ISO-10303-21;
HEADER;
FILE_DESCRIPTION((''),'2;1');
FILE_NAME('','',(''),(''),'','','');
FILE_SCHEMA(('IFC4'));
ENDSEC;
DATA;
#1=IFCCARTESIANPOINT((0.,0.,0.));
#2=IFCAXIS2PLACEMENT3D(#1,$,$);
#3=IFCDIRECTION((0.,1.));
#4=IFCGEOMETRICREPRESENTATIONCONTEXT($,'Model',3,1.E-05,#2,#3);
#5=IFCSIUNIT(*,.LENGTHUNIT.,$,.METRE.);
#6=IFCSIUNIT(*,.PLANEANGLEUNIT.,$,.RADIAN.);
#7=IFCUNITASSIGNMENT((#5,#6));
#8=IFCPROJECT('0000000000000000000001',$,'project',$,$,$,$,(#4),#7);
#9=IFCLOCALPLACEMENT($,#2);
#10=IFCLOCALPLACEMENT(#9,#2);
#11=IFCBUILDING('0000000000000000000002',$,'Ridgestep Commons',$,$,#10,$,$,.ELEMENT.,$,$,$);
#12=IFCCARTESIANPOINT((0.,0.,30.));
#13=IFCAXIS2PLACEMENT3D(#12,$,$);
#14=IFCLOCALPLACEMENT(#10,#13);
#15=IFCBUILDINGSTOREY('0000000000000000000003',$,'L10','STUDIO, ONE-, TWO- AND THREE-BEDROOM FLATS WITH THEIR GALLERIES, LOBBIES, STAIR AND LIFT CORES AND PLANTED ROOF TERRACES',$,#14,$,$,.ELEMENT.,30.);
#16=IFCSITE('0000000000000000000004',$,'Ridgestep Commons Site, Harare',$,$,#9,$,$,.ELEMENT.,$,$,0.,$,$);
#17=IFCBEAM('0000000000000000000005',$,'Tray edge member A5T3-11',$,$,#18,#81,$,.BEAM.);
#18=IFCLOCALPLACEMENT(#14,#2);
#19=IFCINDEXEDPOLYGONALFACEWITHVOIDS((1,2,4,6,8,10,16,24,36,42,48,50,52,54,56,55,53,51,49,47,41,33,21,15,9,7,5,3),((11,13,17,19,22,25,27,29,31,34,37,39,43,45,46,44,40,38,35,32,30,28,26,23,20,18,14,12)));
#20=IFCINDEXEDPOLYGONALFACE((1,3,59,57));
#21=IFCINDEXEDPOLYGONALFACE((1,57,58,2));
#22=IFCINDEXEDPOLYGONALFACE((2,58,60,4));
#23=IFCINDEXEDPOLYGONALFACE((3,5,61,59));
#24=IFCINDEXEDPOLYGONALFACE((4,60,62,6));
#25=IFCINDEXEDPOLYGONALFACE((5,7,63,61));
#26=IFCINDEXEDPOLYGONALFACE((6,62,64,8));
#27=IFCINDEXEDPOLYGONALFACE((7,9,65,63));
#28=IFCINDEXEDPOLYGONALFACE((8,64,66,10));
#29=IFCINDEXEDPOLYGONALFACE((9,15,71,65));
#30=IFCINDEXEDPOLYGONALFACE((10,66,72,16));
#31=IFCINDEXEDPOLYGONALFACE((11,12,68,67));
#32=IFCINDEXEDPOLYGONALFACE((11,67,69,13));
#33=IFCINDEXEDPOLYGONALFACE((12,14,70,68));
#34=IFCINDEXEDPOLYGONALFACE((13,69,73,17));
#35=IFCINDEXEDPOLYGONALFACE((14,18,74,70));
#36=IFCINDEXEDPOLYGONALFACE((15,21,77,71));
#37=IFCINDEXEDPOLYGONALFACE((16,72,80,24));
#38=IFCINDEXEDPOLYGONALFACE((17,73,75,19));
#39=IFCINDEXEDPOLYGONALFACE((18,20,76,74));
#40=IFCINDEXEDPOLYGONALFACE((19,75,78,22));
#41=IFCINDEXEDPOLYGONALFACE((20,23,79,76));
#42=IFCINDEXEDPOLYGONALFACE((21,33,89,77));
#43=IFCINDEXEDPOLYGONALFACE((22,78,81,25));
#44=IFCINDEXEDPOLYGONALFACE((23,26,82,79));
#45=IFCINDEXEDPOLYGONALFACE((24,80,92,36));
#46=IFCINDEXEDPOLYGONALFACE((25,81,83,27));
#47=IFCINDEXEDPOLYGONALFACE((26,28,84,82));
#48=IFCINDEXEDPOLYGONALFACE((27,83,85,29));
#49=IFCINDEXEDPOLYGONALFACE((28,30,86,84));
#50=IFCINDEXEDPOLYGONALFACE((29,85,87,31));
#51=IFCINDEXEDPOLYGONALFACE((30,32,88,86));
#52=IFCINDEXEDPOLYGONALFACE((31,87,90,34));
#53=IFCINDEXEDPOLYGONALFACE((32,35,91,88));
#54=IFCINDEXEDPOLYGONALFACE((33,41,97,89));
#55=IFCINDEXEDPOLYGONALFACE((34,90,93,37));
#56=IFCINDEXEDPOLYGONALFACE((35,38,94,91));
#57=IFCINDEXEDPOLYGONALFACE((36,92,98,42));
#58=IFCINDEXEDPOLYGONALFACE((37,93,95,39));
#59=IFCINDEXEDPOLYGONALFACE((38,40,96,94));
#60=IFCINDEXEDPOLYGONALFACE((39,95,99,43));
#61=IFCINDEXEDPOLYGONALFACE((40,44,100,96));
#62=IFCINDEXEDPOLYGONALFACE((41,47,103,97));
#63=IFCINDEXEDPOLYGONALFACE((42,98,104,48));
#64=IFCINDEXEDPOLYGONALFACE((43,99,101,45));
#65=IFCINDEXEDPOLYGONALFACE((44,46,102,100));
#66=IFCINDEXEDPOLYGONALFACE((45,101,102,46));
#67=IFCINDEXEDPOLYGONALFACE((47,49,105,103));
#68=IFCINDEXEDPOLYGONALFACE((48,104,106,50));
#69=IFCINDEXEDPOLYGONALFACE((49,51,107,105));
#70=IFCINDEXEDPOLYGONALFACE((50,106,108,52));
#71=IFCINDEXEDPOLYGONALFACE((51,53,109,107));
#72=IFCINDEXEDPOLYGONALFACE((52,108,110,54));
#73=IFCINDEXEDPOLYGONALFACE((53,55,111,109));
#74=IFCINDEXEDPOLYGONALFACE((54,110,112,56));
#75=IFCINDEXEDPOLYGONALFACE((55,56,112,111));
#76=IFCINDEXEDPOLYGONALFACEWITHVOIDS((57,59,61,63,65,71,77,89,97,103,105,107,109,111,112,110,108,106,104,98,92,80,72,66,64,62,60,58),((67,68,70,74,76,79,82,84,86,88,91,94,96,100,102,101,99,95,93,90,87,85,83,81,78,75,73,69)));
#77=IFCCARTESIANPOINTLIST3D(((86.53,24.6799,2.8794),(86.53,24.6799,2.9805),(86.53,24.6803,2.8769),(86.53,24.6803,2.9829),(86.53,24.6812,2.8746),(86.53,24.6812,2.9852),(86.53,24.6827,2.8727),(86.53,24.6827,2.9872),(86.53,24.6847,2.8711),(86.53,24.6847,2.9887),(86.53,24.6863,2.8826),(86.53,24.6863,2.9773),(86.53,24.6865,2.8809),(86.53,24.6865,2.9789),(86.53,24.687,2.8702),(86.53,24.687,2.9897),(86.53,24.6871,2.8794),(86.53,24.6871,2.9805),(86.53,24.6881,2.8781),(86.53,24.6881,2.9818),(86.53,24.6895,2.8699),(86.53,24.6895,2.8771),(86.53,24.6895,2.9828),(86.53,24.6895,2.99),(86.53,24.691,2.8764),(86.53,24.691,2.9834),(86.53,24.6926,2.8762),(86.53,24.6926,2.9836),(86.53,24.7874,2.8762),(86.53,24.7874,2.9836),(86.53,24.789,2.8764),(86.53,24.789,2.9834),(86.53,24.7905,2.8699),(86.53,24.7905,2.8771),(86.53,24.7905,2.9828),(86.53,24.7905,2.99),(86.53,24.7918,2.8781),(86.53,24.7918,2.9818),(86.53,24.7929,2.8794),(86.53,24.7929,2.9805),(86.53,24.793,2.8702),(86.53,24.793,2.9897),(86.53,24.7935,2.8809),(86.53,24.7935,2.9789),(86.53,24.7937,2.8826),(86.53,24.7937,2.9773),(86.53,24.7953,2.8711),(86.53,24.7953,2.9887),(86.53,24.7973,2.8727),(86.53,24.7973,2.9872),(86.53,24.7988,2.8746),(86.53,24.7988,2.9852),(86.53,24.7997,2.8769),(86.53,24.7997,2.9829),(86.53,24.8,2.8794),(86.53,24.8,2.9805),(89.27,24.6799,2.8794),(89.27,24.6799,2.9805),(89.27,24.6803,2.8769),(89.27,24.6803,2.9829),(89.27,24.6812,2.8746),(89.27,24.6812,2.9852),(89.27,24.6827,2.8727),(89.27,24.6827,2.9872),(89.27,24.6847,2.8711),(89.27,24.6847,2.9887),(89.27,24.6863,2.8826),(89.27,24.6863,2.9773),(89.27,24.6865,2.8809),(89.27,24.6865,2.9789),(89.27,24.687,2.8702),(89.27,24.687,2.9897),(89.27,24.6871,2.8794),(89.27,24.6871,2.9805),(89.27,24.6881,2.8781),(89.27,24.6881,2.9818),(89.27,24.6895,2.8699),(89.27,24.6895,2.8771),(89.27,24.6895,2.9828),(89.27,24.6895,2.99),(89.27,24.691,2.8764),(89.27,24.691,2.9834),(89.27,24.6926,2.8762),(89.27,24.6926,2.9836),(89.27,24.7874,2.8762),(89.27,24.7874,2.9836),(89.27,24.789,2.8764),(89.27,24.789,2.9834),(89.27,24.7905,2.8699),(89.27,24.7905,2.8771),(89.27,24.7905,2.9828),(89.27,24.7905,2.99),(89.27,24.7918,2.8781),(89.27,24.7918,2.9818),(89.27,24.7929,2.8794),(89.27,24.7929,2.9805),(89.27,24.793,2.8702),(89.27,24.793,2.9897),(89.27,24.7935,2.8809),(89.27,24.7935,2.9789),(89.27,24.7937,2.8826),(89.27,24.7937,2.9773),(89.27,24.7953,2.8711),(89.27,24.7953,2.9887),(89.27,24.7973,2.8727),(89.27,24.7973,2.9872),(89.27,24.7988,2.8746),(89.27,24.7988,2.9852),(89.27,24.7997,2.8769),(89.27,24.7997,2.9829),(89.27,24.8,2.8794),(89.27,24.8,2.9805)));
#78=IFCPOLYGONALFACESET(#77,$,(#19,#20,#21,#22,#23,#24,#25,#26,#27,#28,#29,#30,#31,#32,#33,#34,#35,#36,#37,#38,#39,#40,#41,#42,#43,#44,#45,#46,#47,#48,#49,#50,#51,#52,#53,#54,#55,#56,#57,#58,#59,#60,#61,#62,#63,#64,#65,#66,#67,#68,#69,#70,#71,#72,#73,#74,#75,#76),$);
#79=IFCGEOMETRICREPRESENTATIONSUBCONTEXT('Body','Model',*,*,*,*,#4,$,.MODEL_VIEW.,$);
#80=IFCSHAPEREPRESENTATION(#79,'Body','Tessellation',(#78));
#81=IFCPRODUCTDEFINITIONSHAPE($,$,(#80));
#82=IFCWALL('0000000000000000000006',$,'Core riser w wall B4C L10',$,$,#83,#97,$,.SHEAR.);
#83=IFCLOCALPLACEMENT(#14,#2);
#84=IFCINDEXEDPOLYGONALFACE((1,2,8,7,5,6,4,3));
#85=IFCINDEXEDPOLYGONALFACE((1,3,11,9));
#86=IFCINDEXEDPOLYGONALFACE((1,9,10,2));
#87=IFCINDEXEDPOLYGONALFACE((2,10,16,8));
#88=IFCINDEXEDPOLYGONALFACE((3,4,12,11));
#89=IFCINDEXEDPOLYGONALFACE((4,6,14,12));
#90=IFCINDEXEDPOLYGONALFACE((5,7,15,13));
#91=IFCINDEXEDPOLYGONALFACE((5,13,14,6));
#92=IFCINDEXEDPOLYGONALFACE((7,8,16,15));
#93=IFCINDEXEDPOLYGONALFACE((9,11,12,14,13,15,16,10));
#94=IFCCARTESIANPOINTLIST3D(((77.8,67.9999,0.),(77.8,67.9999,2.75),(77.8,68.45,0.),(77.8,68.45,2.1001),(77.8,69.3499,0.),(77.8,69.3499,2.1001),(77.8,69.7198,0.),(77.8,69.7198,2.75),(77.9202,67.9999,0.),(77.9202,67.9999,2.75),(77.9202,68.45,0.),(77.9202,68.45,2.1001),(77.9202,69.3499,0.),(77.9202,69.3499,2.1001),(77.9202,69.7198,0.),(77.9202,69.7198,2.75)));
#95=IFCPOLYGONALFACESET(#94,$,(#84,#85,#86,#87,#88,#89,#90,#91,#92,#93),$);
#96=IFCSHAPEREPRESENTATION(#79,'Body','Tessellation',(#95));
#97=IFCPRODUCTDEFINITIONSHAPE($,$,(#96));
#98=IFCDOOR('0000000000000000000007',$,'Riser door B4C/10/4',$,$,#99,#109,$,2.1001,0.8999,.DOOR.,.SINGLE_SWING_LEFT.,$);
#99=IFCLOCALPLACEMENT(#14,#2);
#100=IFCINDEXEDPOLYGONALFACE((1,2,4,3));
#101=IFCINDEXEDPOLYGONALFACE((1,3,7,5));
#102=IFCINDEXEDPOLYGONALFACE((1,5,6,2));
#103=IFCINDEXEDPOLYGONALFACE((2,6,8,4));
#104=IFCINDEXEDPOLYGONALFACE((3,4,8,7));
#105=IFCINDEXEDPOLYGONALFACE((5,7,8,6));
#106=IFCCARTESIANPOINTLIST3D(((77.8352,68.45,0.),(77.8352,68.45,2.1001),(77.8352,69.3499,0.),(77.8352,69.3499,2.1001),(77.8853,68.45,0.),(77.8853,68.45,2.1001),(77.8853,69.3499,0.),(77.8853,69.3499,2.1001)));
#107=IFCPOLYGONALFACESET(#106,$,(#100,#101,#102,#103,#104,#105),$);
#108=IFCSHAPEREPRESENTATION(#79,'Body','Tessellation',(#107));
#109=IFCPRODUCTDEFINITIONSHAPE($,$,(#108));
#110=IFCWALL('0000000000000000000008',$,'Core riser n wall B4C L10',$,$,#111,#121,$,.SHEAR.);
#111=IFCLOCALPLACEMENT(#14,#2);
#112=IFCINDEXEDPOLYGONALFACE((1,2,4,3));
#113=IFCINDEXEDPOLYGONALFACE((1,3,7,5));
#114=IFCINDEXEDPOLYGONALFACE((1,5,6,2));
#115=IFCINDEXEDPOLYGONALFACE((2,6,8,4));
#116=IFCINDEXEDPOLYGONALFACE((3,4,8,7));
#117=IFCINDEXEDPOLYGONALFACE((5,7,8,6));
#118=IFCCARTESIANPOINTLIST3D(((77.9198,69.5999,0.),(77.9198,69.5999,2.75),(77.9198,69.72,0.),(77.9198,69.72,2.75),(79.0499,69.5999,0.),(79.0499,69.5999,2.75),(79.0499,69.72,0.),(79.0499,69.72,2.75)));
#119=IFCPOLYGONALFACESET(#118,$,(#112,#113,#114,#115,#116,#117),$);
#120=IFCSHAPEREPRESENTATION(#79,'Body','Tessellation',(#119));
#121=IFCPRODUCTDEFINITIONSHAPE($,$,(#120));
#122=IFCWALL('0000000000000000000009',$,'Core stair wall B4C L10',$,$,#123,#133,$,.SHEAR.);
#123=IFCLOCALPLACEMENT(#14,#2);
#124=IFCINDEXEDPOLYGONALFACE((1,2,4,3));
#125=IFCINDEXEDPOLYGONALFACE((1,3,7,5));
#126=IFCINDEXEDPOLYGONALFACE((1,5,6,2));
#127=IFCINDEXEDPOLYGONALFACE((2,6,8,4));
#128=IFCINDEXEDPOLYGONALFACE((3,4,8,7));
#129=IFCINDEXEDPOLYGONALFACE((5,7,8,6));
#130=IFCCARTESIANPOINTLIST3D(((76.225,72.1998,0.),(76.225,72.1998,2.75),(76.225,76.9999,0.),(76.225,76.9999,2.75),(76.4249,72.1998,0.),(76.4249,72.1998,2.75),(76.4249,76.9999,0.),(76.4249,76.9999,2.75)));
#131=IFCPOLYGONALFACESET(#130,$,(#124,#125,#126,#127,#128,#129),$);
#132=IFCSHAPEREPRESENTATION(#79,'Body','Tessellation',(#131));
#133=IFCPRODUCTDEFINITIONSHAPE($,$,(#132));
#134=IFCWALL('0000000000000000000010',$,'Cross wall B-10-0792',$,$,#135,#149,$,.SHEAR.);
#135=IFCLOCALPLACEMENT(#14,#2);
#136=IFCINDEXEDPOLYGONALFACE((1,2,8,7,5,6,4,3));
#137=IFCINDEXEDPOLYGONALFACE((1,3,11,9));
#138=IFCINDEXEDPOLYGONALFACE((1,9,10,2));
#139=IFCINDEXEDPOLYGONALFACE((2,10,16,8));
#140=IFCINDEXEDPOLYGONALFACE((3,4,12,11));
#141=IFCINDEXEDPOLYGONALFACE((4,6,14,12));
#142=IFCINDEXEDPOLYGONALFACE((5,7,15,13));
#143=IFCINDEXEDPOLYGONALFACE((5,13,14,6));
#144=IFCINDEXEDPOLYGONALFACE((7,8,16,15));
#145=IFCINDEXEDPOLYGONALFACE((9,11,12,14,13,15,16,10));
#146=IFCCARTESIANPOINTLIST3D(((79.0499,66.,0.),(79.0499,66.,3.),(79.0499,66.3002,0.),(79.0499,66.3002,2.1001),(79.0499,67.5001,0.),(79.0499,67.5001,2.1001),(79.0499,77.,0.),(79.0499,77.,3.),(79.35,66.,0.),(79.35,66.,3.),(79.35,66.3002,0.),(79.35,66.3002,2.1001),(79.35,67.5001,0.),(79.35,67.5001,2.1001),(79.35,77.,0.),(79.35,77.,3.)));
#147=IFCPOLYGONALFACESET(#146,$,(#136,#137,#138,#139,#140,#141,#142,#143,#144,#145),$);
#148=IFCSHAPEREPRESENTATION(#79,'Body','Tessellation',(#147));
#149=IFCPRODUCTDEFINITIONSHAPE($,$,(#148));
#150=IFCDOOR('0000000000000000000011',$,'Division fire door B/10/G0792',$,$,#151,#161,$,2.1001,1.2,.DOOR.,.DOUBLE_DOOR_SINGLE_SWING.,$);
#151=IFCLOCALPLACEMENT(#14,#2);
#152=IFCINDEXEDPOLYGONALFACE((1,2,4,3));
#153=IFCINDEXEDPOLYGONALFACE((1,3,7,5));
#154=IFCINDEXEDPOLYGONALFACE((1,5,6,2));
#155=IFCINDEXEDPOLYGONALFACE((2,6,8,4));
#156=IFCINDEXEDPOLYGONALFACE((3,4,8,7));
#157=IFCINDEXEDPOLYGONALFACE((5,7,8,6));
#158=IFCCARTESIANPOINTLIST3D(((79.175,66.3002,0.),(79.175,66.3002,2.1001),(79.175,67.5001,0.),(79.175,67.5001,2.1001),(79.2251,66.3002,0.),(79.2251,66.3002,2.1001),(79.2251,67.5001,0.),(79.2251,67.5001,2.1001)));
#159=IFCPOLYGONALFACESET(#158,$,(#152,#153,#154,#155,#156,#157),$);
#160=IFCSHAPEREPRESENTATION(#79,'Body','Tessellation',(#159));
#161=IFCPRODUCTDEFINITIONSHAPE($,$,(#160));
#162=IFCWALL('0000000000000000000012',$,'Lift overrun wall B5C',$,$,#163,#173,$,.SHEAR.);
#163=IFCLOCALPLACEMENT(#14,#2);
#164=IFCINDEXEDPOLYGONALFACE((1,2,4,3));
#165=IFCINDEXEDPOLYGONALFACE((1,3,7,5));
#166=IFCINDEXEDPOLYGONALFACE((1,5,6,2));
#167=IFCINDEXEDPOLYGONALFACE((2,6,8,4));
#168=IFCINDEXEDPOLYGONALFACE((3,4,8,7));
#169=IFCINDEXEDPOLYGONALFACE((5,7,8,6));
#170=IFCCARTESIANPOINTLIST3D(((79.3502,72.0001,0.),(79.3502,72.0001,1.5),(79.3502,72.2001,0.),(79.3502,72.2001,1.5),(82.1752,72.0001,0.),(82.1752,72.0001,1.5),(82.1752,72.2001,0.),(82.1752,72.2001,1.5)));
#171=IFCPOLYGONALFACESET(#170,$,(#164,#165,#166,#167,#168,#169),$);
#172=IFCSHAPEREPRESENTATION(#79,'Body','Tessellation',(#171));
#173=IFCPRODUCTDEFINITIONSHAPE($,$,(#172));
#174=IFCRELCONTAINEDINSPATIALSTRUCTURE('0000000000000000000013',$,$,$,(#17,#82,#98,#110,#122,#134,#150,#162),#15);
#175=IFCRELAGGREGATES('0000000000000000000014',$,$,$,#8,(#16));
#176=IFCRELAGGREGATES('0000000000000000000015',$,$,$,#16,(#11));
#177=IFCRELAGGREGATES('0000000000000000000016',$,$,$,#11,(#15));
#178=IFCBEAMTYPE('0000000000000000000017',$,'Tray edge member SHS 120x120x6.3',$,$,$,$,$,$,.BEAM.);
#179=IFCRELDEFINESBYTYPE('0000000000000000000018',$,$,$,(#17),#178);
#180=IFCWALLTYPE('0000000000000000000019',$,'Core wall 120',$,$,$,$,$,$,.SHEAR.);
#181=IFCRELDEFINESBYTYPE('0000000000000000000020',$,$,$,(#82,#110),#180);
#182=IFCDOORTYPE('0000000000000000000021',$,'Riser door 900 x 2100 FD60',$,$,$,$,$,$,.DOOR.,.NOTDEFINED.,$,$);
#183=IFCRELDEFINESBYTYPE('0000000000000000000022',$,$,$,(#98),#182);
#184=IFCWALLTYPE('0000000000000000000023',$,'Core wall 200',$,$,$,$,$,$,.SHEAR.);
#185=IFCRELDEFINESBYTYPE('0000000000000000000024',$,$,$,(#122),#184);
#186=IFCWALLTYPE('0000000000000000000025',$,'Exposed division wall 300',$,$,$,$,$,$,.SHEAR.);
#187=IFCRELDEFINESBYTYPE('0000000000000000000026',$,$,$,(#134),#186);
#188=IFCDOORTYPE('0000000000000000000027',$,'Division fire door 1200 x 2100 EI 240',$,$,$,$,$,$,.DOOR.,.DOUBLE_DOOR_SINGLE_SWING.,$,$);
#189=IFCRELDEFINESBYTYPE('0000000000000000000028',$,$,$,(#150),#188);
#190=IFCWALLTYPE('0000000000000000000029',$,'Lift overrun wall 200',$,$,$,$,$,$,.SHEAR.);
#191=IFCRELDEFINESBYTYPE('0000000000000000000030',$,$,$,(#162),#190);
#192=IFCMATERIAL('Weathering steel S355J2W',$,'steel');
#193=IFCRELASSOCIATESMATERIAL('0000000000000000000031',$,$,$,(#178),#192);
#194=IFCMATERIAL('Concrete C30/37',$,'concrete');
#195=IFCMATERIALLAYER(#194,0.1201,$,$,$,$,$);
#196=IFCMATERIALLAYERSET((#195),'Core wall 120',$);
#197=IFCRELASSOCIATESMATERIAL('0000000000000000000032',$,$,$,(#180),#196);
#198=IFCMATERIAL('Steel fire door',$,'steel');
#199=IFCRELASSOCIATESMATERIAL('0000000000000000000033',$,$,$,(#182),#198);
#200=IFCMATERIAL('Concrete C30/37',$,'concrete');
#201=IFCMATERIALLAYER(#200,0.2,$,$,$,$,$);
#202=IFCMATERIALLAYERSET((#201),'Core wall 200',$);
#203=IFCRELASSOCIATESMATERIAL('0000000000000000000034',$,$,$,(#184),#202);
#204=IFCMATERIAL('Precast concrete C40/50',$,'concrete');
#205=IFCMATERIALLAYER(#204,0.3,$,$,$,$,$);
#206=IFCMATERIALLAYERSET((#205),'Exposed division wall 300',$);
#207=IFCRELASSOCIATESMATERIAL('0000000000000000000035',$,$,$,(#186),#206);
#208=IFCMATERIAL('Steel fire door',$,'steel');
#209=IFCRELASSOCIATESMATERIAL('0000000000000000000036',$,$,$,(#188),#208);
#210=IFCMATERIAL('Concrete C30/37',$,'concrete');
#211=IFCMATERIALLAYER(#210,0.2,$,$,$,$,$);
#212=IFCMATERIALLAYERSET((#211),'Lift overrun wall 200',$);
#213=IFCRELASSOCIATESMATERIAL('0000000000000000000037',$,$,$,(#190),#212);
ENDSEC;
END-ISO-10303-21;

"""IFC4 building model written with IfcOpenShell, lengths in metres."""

from ifc_helpers import new_model, si_unit, direction, frame, frame_2d, origin, origin_2d, place, context, subcontext, project, spatial, rectangle, hollow_rectangle, extrude, material, layer, layer_set, material_profile, profile_set, type_object, element, fill, save


model = new_model("IFC4")

# Units and contexts
model_context = context("Model", 3, precision=1e-05, world=origin(), true_north=direction((0.0, 1.0)))
body_context = subcontext(model_context, "Body", "Model", "MODEL_VIEW")
ifc_project = project(units=[si_unit("LENGTHUNIT", "METRE"), si_unit("PLANEANGLEUNIT", "RADIAN")], contexts=[model_context])

# Site, building, storey
site_placement = place(None, origin())
site = spatial("IfcSite", under=ifc_project, at=site_placement, Name="Ridgestep Commons Site, Harare", CompositionType="ELEMENT", RefElevation=0.0)
building_placement = place(site_placement, origin())
building = spatial("IfcBuilding", under=site, at=building_placement, Name="Ridgestep Commons", CompositionType="ELEMENT")
storey_placement = place(building_placement, frame((0.0, 0.0, 30.0)))
storey = spatial("IfcBuildingStorey", under=building, at=storey_placement, Name="L10", Description="STUDIO, ONE-, TWO- AND THREE-BEDROOM FLATS WITH THEIR GALLERIES, LOBBIES, STAIR AND LIFT CORES AND PLANTED ROOF TERRACES", CompositionType="ELEMENT", Elevation=30.0)

# Beam
ifc_material_1 = material(Name="Weathering steel S355J2W", Category="steel")
ifc_material_profile_1 = material_profile(ifc_material_1, hollow_rectangle(XDim=0.1201, YDim=0.1201, WallThickness=0.0063, InnerFilletRadius=0.0063, OuterFilletRadius=0.0095, at=origin_2d()), Name="SHS 120x120x6.3")
ifc_profile_set_1 = profile_set([ifc_material_profile_1], Name="Weathering steel S355J2W")
beam_type_1 = type_object("IfcBeamType", Name="Tray edge member SHS 120x120x6.3", PredefinedType="BEAM", material=ifc_profile_set_1)
beam_1_placement = place(storey_placement, frame((86.53, 24.74, 2.9299), z_axis=(1.0, 0.0, 0.0), x_axis=(0.0, 0.0, 1.0)))
element("IfcBeam", 1, at=beam_1_placement, inside=storey, type_object=beam_type_1, Name="Tray edge member A5T3-11", PredefinedType="BEAM", context=body_context, shape_type="SweptSolid", body=[
    extrude(hollow_rectangle(XDim=0.1201, YDim=0.1201, WallThickness=0.0063, InnerFilletRadius=0.0063, OuterFilletRadius=0.0095, at=origin_2d()), origin(), (0.0, 0.0, 1.0), 2.74),
])

# Wall, opening, door
ifc_material_2 = material(Name="Concrete C30/37", Category="concrete")
ifc_layer_1 = layer(ifc_material_2, 0.1201)
ifc_layer_set_1 = layer_set([ifc_layer_1], Name="Core wall 120")
wall_type_1 = type_object("IfcWallType", Name="Core wall 120", PredefinedType="SHEAR", material=ifc_layer_set_1)
wall_1_placement = place(storey_placement, frame((77.8601, 68.0, 0.0), z_axis=(0.0, 0.0, 1.0), x_axis=(0.0, 1.0, 0.0)))
wall_1 = element("IfcWall", 2, at=wall_1_placement, inside=storey, type_object=wall_type_1, Name="Core riser w wall B4C L10", PredefinedType="SHEAR", context=body_context, shape_type="SweptSolid", body=[
    extrude(rectangle(XDim=1.72, YDim=0.1201, at=frame_2d((0.8599, 0.0))), origin(), (0.0, 0.0, 1.0), 2.75),
])
opening_1_placement = place(wall_1_placement, frame((0.45, 0.0, 0.0)))
opening_1 = element("IfcOpeningElement", 3, at=opening_1_placement, cuts=wall_1, PredefinedType="OPENING", context=body_context, shape_type="SweptSolid", body=[
    extrude(rectangle(XDim=0.8999, YDim=2.1001, at=frame_2d((0.45, 1.05))), frame((0.0, 0.0701, 0.0), z_axis=(0.0, -1.0, 0.0), x_axis=(1.0, 0.0, 0.0)), (0.0, 0.0, 1.0), 0.1401),
])
ifc_material_3 = material(Name="Steel fire door", Category="steel")
door_type_1 = type_object("IfcDoorType", Name="Riser door 900 x 2100 FD60", OperationType="NOTDEFINED", PredefinedType="DOOR", material=ifc_material_3)
door_1_placement = place(opening_1_placement, origin())
door_1 = element("IfcDoor", 4, at=door_1_placement, inside=storey, type_object=door_type_1, Name="Riser door B4C/10/4", OperationType="SINGLE_SWING_LEFT", OverallHeight=2.1001, OverallWidth=0.8999, PredefinedType="DOOR", context=body_context, shape_type="SweptSolid", body=[
    extrude(rectangle(XDim=0.8999, YDim=2.1001, at=frame_2d((0.45, 1.05))), frame((0.0, 0.0249, 0.0), z_axis=(0.0, -1.0, 0.0), x_axis=(1.0, 0.0, 0.0)), (0.0, 0.0, 1.0), 0.05),
])
fill(opening_1, door_1)

# Walls
wall_2_placement = place(storey_placement, frame((77.9199, 69.6599, 0.0), z_axis=(0.0, 0.0, 1.0), x_axis=(1.0, 0.0, 0.0)))
element("IfcWall", 5, at=wall_2_placement, inside=storey, type_object=wall_type_1, Name="Core riser n wall B4C L10", PredefinedType="SHEAR", context=body_context, shape_type="SweptSolid", body=[
    extrude(rectangle(XDim=1.1301, YDim=0.1201, at=frame_2d((0.5649, 0.0))), origin(), (0.0, 0.0, 1.0), 2.75),
])
ifc_material_4 = material(Name="Concrete C30/37", Category="concrete")
ifc_layer_2 = layer(ifc_material_4, 0.2)
ifc_layer_set_2 = layer_set([ifc_layer_2], Name="Core wall 200")
wall_type_2 = type_object("IfcWallType", Name="Core wall 200", PredefinedType="SHEAR", material=ifc_layer_set_2)
wall_3_placement = place(storey_placement, frame((76.325, 72.2, 0.0), z_axis=(0.0, 0.0, 1.0), x_axis=(0.0, 1.0, 0.0)))
element("IfcWall", 6, at=wall_3_placement, inside=storey, type_object=wall_type_2, Name="Core stair wall B4C L10", PredefinedType="SHEAR", context=body_context, shape_type="SweptSolid", body=[
    extrude(rectangle(XDim=4.8, YDim=0.2, at=frame_2d((2.3999, 0.0))), origin(), (0.0, 0.0, 1.0), 2.75),
])

# Wall, opening, door
ifc_material_5 = material(Name="Precast concrete C40/50", Category="concrete")
ifc_layer_3 = layer(ifc_material_5, 0.3)
ifc_layer_set_3 = layer_set([ifc_layer_3], Name="Exposed division wall 300")
wall_type_3 = type_object("IfcWallType", Name="Exposed division wall 300", PredefinedType="SHEAR", material=ifc_layer_set_3)
wall_4_placement = place(storey_placement, frame((79.2, 66.0, 0.0), z_axis=(0.0, 0.0, 1.0), x_axis=(0.0, 1.0, 0.0)))
wall_4 = element("IfcWall", 7, at=wall_4_placement, inside=storey, type_object=wall_type_3, Name="Cross wall B-10-0792", PredefinedType="SHEAR", context=body_context, shape_type="SweptSolid", body=[
    extrude(rectangle(XDim=11.0, YDim=0.3, at=frame_2d((5.5, 0.0))), origin(), (0.0, 0.0, 1.0), 3.0),
])
opening_2_placement = place(wall_4_placement, frame((0.3, 0.0, 0.0)))
opening_2 = element("IfcOpeningElement", 8, at=opening_2_placement, cuts=wall_4, PredefinedType="OPENING", context=body_context, shape_type="SweptSolid", body=[
    extrude(rectangle(XDim=1.2, YDim=2.1001, at=frame_2d((0.6001, 1.05))), frame((0.0, 0.1599, 0.0), z_axis=(0.0, -1.0, 0.0), x_axis=(1.0, 0.0, 0.0)), (0.0, 0.0, 1.0), 0.3201),
])
ifc_material_6 = material(Name="Steel fire door", Category="steel")
door_type_2 = type_object("IfcDoorType", Name="Division fire door 1200 x 2100 EI 240", OperationType="DOUBLE_DOOR_SINGLE_SWING", PredefinedType="DOOR", material=ifc_material_6)
door_2_placement = place(opening_2_placement, origin())
door_2 = element("IfcDoor", 9, at=door_2_placement, inside=storey, type_object=door_type_2, Name="Division fire door B/10/G0792", OperationType="DOUBLE_DOOR_SINGLE_SWING", OverallHeight=2.1001, OverallWidth=1.2, PredefinedType="DOOR", context=body_context, shape_type="SweptSolid", body=[
    extrude(rectangle(XDim=1.2, YDim=2.1001, at=frame_2d((0.6001, 1.05))), frame((0.0, 0.0249, 0.0), z_axis=(0.0, -1.0, 0.0), x_axis=(1.0, 0.0, 0.0)), (0.0, 0.0, 1.0), 0.05),
])
fill(opening_2, door_2)

# Wall
ifc_material_7 = material(Name="Concrete C30/37", Category="concrete")
ifc_layer_4 = layer(ifc_material_7, 0.2)
ifc_layer_set_4 = layer_set([ifc_layer_4], Name="Lift overrun wall 200")
wall_type_4 = type_object("IfcWallType", Name="Lift overrun wall 200", PredefinedType="SHEAR", material=ifc_layer_set_4)
wall_5_placement = place(storey_placement, frame((79.3501, 72.1001, 0.0), z_axis=(0.0, 0.0, 1.0), x_axis=(1.0, 0.0, 0.0)))
element("IfcWall", 10, at=wall_5_placement, inside=storey, type_object=wall_type_4, Name="Lift overrun wall B5C", PredefinedType="SHEAR", context=body_context, shape_type="SweptSolid", body=[
    extrude(rectangle(XDim=2.825, YDim=0.2, at=frame_2d((1.4126, 0.0))), origin(), (0.0, 0.0, 1.0), 1.5),
])

save(model, "model.ifc")
